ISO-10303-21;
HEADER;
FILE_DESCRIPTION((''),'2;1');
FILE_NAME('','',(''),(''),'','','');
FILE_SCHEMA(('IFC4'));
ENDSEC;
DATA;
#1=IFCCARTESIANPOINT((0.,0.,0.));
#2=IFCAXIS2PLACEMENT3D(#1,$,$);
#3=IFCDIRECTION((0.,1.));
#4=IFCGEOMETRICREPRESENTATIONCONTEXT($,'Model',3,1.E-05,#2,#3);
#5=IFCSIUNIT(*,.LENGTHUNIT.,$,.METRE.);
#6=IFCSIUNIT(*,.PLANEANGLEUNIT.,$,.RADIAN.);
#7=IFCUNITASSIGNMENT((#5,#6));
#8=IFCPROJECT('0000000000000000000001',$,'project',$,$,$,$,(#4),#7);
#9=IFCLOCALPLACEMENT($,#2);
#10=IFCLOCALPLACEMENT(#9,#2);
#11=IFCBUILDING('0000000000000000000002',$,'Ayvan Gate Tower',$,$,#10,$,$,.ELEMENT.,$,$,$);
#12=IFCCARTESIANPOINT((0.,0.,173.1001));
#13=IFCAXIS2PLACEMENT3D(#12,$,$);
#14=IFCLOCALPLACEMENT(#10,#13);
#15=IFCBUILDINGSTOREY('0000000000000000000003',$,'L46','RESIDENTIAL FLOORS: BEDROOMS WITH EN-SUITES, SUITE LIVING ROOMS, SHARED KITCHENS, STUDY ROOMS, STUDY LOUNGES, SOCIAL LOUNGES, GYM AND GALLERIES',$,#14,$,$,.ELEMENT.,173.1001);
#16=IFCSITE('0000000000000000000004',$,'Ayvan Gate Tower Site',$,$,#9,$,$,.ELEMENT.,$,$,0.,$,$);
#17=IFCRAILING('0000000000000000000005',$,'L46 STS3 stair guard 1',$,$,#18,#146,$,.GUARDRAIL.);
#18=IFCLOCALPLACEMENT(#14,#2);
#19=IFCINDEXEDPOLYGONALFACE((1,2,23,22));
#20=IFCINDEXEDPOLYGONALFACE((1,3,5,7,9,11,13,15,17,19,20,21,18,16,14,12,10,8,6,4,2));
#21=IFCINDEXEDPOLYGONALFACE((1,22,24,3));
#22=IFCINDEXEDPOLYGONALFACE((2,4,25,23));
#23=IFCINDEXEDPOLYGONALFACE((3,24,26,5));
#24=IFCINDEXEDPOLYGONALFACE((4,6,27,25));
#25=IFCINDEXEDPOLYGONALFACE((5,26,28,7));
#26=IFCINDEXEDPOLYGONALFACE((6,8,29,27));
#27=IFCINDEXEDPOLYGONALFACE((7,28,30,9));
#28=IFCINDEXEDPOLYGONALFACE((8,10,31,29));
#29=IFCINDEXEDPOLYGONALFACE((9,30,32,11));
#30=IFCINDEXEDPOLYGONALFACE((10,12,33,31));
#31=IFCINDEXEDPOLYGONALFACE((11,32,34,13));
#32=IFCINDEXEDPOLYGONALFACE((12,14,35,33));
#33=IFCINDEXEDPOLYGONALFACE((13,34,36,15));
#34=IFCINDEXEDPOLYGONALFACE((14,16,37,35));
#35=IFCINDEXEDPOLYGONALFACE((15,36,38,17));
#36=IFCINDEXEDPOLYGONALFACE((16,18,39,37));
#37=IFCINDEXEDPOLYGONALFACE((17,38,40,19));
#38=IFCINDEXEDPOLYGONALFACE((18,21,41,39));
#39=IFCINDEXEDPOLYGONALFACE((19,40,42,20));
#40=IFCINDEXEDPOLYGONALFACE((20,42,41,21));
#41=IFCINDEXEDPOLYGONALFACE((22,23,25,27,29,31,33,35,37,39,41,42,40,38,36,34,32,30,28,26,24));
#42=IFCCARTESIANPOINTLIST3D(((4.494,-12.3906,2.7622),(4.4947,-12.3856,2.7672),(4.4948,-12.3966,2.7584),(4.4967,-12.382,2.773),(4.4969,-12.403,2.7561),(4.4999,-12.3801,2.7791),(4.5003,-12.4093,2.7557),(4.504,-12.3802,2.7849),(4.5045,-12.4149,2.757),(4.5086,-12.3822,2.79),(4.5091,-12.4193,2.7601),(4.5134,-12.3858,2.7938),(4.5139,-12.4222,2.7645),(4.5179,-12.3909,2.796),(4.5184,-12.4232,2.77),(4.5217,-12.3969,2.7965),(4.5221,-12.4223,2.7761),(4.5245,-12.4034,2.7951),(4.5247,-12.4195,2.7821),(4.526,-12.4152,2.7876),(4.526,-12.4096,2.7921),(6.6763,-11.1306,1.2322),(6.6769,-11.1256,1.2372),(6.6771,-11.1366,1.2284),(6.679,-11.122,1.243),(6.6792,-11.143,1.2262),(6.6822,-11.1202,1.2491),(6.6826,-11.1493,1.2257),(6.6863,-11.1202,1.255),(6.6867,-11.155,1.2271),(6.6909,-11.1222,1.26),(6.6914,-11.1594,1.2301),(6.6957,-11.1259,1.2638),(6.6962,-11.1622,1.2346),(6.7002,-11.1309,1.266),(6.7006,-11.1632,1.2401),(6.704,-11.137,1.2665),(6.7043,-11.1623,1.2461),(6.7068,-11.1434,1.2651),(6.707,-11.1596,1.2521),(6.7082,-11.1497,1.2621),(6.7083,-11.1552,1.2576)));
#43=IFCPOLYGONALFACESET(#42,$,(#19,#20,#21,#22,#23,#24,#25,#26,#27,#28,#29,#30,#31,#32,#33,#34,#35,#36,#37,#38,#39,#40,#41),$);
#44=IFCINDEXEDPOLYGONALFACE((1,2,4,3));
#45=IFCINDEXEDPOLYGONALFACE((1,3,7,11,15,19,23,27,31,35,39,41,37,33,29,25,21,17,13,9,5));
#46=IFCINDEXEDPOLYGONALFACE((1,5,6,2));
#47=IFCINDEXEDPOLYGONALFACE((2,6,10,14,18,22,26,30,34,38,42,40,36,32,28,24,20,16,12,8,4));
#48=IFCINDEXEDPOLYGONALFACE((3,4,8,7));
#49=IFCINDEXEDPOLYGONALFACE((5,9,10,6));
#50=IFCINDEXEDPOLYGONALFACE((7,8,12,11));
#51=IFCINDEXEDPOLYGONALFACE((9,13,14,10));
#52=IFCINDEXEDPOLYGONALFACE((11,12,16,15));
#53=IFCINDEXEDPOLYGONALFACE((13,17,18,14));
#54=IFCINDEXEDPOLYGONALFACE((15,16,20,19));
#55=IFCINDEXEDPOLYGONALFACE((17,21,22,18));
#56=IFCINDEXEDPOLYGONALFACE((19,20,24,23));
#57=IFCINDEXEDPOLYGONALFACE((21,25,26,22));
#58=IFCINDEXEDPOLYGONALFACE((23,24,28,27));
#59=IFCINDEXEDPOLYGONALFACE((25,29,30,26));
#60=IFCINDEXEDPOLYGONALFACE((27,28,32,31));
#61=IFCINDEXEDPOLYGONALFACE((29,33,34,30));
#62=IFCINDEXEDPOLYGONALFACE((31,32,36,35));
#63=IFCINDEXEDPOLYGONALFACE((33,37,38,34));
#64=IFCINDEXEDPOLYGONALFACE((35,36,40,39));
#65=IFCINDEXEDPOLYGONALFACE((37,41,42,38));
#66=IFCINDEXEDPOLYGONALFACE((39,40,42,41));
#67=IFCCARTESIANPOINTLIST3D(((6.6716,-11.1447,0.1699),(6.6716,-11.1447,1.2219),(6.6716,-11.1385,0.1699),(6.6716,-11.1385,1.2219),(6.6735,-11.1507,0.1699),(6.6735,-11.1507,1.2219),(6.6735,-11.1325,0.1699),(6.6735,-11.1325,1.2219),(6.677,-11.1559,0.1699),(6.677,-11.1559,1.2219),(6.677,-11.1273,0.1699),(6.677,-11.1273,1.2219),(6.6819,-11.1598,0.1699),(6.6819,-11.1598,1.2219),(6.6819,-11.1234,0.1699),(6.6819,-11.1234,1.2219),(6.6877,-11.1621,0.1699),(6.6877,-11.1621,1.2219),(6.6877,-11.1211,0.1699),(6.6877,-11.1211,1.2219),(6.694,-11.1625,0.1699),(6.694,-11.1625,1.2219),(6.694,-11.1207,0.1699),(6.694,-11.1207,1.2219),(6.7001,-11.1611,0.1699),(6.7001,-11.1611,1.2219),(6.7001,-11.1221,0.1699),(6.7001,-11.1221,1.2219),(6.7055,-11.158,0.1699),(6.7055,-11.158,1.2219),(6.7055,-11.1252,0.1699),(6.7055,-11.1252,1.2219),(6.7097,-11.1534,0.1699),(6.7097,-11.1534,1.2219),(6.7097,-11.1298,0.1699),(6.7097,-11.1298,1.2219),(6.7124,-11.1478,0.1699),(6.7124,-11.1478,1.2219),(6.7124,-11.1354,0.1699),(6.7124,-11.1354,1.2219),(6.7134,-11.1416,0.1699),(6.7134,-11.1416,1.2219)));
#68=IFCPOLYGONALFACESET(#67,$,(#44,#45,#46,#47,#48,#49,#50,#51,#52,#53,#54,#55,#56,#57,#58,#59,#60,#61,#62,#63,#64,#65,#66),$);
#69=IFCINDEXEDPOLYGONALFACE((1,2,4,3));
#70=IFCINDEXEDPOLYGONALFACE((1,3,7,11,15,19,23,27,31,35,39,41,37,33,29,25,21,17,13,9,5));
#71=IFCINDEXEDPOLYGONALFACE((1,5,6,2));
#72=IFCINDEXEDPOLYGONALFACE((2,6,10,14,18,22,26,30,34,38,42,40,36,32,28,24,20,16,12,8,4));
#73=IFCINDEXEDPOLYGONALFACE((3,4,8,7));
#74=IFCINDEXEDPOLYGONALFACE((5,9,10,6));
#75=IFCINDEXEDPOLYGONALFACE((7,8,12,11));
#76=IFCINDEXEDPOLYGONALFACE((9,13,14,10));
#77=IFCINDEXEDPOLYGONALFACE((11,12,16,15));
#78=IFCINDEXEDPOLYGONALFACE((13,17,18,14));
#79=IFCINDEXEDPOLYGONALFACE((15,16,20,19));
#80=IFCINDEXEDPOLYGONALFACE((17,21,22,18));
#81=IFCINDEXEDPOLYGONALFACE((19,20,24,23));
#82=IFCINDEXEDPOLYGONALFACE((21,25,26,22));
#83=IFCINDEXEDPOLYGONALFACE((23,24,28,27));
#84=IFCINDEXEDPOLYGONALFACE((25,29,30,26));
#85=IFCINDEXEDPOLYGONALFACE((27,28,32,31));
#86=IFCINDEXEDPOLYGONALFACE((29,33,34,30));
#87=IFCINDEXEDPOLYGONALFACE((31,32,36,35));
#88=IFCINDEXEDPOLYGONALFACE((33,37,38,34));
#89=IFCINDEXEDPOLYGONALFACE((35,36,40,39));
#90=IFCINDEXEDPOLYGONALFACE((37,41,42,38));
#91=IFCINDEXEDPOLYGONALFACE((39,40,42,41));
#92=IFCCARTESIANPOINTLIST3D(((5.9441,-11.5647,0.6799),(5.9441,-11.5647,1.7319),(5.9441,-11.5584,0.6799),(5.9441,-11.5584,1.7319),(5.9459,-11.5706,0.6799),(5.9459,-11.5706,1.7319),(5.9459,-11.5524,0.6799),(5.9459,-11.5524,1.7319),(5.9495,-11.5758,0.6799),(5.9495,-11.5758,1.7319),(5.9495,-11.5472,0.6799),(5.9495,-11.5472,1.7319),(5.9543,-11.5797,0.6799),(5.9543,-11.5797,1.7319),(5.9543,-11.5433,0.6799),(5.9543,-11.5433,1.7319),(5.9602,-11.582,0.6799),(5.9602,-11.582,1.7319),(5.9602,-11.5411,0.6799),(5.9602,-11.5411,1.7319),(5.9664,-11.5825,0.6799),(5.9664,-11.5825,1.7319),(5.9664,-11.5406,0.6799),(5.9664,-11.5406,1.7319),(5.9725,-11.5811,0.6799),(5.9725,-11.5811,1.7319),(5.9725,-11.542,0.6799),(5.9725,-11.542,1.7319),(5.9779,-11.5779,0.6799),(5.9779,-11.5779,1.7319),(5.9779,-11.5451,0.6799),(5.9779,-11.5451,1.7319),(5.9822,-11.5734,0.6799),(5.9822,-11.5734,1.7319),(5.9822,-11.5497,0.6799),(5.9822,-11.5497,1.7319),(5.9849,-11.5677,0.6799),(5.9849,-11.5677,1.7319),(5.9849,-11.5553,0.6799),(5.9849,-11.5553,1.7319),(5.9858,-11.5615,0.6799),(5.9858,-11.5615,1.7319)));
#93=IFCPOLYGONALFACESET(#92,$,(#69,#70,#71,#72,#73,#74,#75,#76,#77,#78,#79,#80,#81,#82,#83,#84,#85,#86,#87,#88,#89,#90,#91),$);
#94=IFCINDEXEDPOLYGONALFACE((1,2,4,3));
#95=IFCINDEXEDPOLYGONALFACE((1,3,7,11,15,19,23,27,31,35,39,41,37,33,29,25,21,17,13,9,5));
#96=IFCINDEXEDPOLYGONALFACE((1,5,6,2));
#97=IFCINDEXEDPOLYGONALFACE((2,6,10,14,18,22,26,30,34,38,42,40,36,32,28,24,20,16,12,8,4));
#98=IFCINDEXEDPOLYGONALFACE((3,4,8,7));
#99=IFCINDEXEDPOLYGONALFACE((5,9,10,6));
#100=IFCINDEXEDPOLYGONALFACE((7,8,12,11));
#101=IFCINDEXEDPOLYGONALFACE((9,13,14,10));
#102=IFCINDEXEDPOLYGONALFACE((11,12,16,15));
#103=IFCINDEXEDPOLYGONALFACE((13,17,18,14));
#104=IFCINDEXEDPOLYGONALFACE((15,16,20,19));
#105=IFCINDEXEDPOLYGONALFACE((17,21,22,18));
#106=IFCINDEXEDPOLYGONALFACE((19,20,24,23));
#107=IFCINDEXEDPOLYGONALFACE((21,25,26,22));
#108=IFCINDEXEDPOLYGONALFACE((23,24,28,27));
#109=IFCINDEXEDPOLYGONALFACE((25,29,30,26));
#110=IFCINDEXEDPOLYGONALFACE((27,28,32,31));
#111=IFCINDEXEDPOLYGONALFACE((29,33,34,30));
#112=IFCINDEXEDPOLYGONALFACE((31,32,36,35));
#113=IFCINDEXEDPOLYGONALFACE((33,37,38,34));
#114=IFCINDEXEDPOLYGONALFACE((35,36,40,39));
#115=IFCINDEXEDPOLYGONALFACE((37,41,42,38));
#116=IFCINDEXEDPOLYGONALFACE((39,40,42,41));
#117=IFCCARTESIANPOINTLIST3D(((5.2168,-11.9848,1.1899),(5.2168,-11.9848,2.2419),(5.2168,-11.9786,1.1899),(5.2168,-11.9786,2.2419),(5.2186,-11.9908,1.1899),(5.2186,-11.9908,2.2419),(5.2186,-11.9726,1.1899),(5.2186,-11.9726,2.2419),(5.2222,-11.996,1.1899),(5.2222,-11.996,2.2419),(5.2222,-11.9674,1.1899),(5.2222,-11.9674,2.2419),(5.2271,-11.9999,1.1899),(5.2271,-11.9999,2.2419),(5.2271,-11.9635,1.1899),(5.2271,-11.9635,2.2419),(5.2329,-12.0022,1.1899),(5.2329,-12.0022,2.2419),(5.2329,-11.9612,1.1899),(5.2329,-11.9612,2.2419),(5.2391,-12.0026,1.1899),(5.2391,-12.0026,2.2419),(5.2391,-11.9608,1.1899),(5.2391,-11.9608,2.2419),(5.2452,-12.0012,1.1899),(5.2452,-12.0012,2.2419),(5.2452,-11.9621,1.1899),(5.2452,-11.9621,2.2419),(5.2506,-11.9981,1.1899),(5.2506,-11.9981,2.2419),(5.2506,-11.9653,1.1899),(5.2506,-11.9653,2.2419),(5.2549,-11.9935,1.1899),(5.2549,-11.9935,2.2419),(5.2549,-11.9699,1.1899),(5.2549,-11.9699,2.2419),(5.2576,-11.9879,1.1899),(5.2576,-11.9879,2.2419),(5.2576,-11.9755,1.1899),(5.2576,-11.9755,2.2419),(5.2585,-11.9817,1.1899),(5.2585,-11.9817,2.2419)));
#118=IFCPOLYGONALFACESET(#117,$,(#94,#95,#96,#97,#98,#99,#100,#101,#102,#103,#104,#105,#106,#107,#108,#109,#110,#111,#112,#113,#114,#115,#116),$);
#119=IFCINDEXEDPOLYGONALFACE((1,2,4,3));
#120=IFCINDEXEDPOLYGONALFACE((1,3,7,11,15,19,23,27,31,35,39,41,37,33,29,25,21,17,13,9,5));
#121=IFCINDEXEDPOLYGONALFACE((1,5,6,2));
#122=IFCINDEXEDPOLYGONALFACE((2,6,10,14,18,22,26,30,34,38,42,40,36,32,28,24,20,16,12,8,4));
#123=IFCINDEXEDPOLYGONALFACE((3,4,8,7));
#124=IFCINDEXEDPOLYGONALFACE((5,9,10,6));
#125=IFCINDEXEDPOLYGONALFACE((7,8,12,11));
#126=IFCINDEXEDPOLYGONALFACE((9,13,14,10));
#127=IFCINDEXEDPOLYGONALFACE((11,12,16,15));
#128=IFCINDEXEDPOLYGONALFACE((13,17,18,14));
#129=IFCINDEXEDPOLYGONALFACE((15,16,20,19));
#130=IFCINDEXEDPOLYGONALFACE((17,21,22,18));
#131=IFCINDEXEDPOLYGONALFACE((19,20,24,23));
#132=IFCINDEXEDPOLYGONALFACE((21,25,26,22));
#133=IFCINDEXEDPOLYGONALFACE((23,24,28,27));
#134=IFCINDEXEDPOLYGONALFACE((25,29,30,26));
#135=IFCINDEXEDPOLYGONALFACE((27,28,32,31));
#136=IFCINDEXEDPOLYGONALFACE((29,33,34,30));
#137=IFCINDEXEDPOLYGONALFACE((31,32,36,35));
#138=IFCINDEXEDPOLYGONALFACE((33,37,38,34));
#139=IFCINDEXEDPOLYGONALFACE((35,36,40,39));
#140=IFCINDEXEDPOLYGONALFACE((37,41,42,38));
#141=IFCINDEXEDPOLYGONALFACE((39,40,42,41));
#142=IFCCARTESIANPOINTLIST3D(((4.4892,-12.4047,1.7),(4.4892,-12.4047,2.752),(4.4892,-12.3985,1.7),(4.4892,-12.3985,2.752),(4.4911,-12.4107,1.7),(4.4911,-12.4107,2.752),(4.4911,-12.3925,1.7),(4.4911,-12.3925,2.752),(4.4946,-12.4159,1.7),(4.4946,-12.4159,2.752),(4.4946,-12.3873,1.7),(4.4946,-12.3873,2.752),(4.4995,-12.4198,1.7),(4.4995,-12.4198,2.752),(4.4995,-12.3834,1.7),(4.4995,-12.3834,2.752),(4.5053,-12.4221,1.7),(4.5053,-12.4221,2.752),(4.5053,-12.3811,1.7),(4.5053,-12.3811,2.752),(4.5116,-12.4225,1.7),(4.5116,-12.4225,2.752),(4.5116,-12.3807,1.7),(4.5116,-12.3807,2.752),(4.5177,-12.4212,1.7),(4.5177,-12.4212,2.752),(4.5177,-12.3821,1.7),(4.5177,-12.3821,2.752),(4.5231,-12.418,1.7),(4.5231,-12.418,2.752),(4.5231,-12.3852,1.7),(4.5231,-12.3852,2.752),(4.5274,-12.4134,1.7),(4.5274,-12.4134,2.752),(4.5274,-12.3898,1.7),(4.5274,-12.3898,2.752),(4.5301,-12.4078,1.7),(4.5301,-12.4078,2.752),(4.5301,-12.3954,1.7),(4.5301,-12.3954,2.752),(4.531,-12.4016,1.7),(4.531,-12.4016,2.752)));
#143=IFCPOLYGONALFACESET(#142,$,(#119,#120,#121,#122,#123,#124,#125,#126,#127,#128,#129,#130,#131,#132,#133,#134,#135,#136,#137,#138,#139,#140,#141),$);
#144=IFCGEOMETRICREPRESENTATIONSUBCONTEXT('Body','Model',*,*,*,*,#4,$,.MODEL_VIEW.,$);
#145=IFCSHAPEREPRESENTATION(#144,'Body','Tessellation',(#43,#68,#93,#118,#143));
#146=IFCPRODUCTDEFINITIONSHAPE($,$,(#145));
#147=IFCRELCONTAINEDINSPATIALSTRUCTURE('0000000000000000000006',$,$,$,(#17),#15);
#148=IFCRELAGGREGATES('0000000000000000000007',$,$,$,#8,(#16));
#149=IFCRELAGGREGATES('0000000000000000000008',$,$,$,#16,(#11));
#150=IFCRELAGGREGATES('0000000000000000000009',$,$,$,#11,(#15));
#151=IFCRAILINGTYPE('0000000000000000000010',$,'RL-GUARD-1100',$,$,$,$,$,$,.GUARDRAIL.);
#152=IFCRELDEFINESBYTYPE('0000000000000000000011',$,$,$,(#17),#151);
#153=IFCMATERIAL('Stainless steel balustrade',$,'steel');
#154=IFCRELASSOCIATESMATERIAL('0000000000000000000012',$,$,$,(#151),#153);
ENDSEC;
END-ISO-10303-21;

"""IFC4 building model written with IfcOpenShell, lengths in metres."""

from ifc_helpers import new_model, si_unit, direction, frame, origin, origin_2d, place, context, subcontext, project, spatial, circle, extrude, material, type_object, element, save


model = new_model("IFC4")

# Units and contexts
model_context = context("Model", 3, precision=1e-05, world=origin(), true_north=direction((0.0, 1.0)))
body_context = subcontext(model_context, "Body", "Model", "MODEL_VIEW")
ifc_project = project(units=[si_unit("LENGTHUNIT", "METRE"), si_unit("PLANEANGLEUNIT", "RADIAN")], contexts=[model_context])

# Site, building, storey
site_placement = place(None, origin())
site = spatial("IfcSite", under=ifc_project, at=site_placement, Name="Ayvan Gate Tower Site", CompositionType="ELEMENT", RefElevation=0.0)
building_placement = place(site_placement, origin())
building = spatial("IfcBuilding", under=site, at=building_placement, Name="Ayvan Gate Tower", CompositionType="ELEMENT")
storey_placement = place(building_placement, frame((0.0, 0.0, 173.1001)))
storey = spatial("IfcBuildingStorey", under=building, at=storey_placement, Name="L46", Description="RESIDENTIAL FLOORS: BEDROOMS WITH EN-SUITES, SUITE LIVING ROOMS, SHARED KITCHENS, STUDY ROOMS, STUDY LOUNGES, SOCIAL LOUNGES, GYM AND GALLERIES", CompositionType="ELEMENT", Elevation=173.1001)

# Railing
ifc_material_1 = material(Name="Stainless steel balustrade", Category="steel")
railing_type_1 = type_object("IfcRailingType", Name="RL-GUARD-1100", PredefinedType="GUARDRAIL", material=ifc_material_1)
railing_1_placement = place(storey_placement, frame((6.6924, -11.1416, 0.1699)))
element("IfcRailing", 1, at=railing_1_placement, inside=storey, type_object=railing_type_1, Name="L46 STS3 stair guard 1", PredefinedType="GUARDRAIL", context=body_context, shape_type="SweptSolid", body=[
    extrude(circle(Radius=0.0239, at=origin_2d()), frame((0.0, 0.0, 1.0762), z_axis=(-0.740261, -0.427395, 0.518986), x_axis=(0.500005, -0.866023, 0.0)), (0.0, 0.0, 1.0), 2.948),
    extrude(circle(Radius=0.021, at=origin_2d()), origin(), (0.0, 0.0, 1.0), 1.052),
    extrude(circle(Radius=0.021, at=origin_2d()), frame((-0.7275, -0.4199, 0.51)), (0.0, 0.0, 1.0), 1.052),
    extrude(circle(Radius=0.021, at=origin_2d()), frame((-1.4548, -0.8401, 1.02)), (0.0, 0.0, 1.0), 1.052),
    extrude(circle(Radius=0.021, at=origin_2d()), frame((-2.1824, -1.26, 1.53)), (0.0, 0.0, 1.0), 1.052),
])

save(model, "model.ifc")
